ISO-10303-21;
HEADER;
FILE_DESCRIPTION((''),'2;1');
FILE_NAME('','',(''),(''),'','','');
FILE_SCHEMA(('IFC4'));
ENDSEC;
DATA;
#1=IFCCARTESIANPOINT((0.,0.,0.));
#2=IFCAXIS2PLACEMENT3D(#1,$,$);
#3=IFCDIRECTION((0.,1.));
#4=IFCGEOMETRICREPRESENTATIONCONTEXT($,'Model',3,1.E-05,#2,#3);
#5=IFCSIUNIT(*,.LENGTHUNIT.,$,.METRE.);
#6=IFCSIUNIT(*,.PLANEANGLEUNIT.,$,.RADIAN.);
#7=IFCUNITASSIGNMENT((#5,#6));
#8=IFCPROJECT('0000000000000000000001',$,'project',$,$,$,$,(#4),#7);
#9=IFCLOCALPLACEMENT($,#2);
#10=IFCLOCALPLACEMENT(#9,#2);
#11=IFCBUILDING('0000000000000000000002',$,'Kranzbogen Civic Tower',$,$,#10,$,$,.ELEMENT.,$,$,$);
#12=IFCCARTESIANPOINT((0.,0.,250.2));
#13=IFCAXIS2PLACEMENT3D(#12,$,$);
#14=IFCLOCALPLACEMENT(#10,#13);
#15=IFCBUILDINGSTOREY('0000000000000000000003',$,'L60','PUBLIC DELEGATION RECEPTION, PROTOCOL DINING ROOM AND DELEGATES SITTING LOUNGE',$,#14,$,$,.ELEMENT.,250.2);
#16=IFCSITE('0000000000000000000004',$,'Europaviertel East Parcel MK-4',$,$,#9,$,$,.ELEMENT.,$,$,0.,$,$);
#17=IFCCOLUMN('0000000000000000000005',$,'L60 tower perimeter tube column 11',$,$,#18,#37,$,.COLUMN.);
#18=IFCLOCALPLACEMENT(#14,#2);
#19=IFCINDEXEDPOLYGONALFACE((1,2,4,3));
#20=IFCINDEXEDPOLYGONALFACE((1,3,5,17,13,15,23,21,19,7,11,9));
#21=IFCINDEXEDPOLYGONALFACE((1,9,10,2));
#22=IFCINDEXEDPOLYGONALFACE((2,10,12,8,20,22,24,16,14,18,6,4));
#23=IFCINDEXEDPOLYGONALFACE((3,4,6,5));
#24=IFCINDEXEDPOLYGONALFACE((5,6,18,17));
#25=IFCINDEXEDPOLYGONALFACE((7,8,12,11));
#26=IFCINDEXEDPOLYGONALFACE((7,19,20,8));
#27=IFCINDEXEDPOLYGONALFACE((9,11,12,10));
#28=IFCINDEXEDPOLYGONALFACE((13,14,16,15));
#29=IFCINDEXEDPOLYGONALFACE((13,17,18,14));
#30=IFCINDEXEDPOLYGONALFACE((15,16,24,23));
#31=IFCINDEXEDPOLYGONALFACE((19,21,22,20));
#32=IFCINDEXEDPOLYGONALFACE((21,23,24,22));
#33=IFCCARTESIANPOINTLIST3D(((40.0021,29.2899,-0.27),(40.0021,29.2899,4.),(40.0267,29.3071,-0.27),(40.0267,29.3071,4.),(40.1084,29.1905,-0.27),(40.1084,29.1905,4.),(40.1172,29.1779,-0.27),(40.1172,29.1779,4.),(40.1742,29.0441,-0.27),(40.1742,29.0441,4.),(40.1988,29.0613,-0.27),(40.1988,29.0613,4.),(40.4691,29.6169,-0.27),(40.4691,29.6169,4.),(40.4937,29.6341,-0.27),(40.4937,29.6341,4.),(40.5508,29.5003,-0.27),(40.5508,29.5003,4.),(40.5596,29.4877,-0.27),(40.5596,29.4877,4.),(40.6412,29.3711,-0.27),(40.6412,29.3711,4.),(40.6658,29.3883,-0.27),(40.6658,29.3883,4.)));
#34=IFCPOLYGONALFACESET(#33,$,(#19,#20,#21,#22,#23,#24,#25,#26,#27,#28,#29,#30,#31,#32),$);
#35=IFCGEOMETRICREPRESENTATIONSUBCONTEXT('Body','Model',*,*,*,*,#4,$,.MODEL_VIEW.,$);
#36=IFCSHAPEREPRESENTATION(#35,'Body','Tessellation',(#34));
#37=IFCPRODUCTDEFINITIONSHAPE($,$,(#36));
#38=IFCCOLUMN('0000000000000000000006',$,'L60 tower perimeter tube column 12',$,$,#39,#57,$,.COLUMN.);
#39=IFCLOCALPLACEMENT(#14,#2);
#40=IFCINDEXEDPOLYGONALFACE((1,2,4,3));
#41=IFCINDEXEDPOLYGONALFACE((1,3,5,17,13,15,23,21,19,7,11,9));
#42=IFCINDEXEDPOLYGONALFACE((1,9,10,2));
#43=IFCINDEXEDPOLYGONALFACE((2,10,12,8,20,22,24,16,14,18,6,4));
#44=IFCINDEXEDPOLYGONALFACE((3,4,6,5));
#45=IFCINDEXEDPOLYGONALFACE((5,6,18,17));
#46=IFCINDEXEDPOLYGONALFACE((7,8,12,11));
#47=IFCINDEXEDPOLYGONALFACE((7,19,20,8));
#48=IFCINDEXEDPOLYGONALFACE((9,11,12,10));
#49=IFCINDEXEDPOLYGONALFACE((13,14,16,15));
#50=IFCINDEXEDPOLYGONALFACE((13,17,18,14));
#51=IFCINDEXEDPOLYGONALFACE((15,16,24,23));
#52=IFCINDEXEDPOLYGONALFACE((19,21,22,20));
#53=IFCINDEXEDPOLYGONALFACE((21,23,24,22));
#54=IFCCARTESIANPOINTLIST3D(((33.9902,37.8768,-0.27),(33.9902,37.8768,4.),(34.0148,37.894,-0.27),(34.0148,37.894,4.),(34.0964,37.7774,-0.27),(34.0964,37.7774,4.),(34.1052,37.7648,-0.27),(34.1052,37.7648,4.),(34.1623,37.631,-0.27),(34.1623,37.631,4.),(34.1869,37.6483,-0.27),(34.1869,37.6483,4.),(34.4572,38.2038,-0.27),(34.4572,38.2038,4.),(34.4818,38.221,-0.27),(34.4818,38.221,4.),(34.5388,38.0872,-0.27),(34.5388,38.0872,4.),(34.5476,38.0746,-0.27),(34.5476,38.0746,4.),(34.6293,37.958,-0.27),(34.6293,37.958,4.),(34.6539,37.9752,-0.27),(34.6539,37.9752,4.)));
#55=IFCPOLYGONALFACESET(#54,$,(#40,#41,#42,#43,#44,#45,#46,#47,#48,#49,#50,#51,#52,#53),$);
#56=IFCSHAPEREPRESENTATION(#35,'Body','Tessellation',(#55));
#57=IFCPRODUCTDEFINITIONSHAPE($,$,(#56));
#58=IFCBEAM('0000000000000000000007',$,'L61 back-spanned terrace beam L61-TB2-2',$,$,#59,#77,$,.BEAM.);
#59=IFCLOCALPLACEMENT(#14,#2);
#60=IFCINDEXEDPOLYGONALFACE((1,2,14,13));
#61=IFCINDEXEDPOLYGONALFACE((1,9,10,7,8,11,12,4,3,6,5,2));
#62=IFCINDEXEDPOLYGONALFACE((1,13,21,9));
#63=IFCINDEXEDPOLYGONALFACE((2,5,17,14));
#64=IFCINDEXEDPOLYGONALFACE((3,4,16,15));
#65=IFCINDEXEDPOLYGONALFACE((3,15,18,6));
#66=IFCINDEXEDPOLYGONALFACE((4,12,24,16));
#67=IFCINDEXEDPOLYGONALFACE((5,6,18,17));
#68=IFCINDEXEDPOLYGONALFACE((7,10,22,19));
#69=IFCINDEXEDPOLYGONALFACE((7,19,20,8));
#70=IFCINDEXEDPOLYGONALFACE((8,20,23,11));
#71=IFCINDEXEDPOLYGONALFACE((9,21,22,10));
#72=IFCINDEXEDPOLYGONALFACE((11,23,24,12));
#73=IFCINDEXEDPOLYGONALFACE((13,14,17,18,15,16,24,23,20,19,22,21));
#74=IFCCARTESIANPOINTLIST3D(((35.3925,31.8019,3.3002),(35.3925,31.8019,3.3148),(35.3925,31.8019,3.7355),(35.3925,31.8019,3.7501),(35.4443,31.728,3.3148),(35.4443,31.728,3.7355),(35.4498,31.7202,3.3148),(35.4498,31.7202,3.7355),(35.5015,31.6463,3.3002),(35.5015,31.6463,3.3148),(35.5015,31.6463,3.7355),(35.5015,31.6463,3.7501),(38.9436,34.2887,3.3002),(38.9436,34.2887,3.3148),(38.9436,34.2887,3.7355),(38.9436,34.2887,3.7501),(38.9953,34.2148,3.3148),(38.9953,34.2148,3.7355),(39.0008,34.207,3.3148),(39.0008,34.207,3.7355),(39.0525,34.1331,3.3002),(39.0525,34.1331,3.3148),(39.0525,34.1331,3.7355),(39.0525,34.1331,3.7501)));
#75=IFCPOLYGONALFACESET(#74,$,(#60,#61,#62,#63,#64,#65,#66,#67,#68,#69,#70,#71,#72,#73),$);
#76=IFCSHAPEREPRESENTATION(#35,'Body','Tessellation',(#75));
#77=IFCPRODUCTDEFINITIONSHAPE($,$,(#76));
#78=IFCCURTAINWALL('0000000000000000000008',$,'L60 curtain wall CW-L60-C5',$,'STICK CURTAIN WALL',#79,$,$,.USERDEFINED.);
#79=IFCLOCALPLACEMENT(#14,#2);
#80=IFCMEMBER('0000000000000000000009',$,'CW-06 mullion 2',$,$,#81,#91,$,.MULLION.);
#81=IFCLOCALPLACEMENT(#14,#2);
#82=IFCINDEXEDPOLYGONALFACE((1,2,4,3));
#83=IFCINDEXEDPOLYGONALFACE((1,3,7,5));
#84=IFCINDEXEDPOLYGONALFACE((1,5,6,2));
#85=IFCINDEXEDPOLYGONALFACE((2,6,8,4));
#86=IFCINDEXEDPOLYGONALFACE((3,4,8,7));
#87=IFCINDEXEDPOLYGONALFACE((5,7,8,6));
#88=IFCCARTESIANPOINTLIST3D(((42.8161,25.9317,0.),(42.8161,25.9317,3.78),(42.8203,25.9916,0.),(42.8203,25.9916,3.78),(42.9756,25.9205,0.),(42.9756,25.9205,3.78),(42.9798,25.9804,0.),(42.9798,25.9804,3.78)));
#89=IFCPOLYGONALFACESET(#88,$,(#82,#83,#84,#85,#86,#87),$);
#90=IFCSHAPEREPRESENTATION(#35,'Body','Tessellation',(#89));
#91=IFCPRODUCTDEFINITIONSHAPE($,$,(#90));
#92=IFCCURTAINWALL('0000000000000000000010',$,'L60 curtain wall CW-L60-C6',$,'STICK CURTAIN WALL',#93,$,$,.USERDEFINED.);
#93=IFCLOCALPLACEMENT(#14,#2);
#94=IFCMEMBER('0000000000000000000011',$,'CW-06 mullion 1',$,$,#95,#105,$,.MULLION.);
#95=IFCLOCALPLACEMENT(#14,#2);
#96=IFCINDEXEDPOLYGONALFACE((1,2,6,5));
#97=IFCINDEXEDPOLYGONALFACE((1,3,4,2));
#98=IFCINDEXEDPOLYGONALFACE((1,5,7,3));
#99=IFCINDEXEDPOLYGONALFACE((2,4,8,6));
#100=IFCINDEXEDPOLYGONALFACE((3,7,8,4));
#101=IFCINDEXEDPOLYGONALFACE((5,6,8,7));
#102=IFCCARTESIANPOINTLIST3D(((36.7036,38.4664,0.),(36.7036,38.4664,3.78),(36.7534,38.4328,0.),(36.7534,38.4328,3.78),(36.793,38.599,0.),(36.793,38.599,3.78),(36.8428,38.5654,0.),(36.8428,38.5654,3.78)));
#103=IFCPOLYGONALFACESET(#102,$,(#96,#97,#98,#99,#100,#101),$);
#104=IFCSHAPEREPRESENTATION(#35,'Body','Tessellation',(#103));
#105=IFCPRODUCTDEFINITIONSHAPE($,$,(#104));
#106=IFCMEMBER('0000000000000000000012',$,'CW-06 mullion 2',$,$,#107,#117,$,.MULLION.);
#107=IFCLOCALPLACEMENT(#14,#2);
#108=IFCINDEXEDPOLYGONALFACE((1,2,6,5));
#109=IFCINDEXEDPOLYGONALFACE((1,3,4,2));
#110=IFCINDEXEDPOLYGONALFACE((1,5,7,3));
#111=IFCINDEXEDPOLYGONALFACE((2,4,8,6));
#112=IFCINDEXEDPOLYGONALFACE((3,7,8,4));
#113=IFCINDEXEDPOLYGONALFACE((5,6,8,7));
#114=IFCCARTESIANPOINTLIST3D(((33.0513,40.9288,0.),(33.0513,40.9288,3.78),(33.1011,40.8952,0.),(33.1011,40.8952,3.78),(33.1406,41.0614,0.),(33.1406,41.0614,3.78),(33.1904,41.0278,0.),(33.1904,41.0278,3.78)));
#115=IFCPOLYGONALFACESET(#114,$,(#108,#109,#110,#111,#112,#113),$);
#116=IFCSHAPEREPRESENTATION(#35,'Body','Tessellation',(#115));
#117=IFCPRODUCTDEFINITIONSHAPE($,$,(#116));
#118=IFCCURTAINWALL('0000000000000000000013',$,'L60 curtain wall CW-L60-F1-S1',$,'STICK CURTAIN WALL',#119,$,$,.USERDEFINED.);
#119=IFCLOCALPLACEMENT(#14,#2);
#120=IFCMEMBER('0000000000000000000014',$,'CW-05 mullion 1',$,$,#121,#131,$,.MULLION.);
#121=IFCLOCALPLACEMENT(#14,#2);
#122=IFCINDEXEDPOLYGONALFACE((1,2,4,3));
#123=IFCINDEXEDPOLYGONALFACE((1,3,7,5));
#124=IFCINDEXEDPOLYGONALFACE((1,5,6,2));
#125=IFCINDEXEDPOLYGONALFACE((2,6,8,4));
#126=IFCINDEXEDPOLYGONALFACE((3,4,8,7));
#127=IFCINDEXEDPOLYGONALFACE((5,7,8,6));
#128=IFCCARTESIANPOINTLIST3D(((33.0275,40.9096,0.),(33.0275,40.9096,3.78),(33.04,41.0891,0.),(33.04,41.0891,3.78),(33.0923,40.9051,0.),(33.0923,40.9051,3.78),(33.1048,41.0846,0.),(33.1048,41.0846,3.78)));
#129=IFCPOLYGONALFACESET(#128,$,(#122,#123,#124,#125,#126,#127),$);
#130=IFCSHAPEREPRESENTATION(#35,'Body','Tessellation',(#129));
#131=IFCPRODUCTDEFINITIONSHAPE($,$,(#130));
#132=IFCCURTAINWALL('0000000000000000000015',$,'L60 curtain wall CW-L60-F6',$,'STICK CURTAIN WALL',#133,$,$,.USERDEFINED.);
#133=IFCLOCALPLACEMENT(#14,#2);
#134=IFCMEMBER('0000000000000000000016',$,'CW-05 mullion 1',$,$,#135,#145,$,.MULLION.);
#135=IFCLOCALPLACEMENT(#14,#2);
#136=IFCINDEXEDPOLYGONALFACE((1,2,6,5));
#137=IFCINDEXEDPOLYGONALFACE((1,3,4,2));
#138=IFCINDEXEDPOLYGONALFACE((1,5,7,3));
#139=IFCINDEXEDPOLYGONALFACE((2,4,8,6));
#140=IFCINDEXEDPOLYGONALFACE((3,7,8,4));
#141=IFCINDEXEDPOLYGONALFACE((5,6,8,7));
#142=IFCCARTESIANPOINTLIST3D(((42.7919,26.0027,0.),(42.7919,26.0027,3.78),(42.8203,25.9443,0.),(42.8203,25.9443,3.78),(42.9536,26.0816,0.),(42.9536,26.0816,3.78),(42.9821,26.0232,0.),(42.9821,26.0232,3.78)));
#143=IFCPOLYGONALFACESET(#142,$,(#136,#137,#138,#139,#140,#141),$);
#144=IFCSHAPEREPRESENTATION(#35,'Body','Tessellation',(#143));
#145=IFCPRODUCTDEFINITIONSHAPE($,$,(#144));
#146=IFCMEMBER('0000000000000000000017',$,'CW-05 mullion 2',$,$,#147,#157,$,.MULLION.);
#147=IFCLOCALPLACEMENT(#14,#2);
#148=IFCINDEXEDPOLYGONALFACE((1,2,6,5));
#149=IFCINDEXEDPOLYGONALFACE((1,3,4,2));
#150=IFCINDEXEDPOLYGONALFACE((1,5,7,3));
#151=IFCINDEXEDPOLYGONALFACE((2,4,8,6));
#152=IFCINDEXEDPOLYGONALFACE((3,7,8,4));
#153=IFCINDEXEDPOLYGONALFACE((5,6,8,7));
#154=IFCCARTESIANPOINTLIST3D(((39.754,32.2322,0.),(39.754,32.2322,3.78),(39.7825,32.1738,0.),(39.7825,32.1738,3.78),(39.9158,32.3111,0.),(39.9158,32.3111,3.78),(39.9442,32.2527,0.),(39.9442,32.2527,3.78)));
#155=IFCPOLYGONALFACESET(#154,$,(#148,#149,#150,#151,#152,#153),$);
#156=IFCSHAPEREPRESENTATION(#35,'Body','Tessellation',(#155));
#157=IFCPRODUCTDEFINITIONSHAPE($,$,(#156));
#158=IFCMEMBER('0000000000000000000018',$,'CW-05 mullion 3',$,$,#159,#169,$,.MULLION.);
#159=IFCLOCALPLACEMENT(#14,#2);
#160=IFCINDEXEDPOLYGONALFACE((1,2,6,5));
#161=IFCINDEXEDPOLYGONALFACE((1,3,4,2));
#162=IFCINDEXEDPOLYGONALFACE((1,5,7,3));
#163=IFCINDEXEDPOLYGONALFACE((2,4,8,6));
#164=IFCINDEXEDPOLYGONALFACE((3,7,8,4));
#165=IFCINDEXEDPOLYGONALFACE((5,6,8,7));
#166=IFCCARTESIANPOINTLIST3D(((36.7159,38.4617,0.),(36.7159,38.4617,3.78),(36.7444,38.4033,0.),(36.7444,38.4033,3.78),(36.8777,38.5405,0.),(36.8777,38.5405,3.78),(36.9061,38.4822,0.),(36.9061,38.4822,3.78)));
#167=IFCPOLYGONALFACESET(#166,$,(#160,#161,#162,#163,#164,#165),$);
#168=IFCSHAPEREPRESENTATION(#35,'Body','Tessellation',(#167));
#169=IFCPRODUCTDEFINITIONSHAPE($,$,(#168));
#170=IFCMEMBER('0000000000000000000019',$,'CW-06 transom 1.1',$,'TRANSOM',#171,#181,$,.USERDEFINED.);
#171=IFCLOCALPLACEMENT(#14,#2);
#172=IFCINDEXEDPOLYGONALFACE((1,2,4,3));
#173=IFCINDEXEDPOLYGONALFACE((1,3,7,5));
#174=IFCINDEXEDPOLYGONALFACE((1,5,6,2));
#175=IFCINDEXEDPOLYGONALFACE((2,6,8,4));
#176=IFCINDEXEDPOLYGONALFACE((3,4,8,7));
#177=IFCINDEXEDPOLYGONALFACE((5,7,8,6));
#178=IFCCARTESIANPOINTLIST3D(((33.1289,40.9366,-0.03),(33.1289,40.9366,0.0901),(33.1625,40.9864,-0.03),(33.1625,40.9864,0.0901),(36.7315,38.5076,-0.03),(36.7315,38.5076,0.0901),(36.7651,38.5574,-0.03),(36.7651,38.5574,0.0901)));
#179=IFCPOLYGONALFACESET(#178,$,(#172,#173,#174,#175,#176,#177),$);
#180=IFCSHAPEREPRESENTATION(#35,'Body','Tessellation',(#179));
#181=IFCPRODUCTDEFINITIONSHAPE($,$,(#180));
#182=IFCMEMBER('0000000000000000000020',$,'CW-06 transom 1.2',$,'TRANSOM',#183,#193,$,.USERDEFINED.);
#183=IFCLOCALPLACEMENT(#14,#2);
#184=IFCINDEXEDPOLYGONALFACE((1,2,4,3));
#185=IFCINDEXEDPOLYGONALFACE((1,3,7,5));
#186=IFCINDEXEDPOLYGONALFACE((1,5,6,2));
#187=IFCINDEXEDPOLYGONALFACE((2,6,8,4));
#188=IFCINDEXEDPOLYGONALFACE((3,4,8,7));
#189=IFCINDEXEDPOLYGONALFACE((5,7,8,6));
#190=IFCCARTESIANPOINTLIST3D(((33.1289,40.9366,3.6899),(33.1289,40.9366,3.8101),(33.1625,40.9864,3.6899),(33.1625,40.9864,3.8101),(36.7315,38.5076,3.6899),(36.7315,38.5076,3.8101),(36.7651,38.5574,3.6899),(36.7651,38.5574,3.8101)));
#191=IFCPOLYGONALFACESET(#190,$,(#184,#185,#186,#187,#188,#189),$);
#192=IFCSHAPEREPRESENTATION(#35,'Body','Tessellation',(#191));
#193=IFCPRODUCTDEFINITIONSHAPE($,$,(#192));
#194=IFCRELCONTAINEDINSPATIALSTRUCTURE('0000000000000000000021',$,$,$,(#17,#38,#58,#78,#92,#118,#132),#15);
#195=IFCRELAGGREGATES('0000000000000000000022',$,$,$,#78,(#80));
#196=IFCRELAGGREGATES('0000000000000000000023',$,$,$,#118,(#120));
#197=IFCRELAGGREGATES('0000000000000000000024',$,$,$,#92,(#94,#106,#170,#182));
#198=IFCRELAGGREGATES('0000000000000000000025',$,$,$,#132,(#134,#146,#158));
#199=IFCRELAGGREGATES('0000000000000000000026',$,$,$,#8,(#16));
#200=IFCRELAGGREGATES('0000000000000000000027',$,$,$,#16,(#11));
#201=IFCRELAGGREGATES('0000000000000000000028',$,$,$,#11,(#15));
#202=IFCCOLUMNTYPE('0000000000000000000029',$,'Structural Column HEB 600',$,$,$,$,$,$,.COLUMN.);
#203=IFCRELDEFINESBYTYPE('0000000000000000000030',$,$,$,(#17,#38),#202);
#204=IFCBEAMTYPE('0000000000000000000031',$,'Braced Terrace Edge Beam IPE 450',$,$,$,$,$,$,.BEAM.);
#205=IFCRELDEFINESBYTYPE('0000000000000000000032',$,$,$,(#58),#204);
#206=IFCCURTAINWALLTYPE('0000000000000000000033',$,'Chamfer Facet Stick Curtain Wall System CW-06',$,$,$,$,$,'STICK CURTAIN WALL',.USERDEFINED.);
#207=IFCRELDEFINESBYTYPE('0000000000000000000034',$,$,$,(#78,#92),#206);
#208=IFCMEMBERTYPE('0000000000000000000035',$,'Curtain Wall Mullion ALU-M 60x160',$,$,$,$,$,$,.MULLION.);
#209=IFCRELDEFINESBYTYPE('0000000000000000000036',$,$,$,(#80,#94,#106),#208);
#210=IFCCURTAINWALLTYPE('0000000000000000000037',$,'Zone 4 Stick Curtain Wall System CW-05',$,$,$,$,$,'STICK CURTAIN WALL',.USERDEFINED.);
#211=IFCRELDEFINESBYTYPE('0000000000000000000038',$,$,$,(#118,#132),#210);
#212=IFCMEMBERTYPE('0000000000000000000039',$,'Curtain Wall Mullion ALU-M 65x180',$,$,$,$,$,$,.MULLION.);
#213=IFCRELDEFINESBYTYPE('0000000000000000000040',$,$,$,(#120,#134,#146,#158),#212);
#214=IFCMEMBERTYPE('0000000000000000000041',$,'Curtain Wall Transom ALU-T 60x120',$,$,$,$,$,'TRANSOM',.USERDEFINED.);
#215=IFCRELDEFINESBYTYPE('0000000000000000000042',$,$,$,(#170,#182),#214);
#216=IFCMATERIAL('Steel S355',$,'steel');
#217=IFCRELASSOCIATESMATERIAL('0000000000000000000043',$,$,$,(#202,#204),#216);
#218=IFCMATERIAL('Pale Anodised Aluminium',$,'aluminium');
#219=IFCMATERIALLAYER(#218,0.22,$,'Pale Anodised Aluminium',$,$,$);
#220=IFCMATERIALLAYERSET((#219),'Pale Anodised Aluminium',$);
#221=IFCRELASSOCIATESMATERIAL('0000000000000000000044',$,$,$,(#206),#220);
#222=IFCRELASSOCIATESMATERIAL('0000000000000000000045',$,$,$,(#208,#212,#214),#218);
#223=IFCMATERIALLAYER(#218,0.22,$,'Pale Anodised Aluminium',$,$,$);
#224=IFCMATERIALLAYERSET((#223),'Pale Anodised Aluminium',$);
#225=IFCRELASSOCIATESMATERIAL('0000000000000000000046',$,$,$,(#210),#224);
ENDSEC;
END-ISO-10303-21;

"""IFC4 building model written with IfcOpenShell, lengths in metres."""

from ifc_helpers import new_model, si_unit, direction, frame, origin, origin_2d, place, context, subcontext, project, spatial, rectangle, i_section, extrude, material, layer, layer_set, material_profile, profile_set, type_object, element, aggregate, save


model = new_model("IFC4")

# Units and contexts
model_context = context("Model", 3, precision=1e-05, world=origin(), true_north=direction((0.0, 1.0)))
body_context = subcontext(model_context, "Body", "Model", "MODEL_VIEW")
ifc_project = project(units=[si_unit("LENGTHUNIT", "METRE"), si_unit("PLANEANGLEUNIT", "RADIAN")], contexts=[model_context])

# Site, building, storey
site_placement = place(None, origin())
site = spatial("IfcSite", under=ifc_project, at=site_placement, Name="Europaviertel East Parcel MK-4", CompositionType="ELEMENT", RefElevation=0.0)
building_placement = place(site_placement, origin())
building = spatial("IfcBuilding", under=site, at=building_placement, Name="Kranzbogen Civic Tower", CompositionType="ELEMENT")
storey_placement = place(building_placement, frame((0.0, 0.0, 250.2)))
storey = spatial("IfcBuildingStorey", under=building, at=storey_placement, Name="L60", Description="PUBLIC DELEGATION RECEPTION, PROTOCOL DINING ROOM AND DELEGATES SITTING LOUNGE", CompositionType="ELEMENT", Elevation=250.2)

# Columns
ifc_material_1 = material(Name="Steel S355", Category="steel")
ifc_material_profile_1 = material_profile(ifc_material_1, i_section(OverallWidth=0.3, OverallDepth=0.6001, WebThickness=0.0154, FlangeThickness=0.03, at=origin_2d()), Name="HEB 600")
ifc_profile_set_1 = profile_set([ifc_material_profile_1], Name="Steel S355")
column_type = type_object("IfcColumnType", Name="Structural Column HEB 600", PredefinedType="COLUMN", material=ifc_profile_set_1)
for number, where, z_axis, x_axis, name in (
    (1, (40.334, 29.3391, -0.27), (0.0, 0.0, 1.0), (-0.573576, 0.819152, 0.0), "L60 tower perimeter tube column 11"),
    (2, (34.322, 37.926, -0.27), (0.0, 0.0, 1.0), (-0.573576, 0.819152, 0.0), "L60 tower perimeter tube column 12"),
):
    element("IfcColumn", number, at=place(storey_placement, frame(where, z_axis=z_axis, x_axis=x_axis)), inside=storey, type_object=column_type, Name=name, PredefinedType="COLUMN", context=body_context, shape_type="SweptSolid", body=[
        extrude(i_section(OverallWidth=0.3, OverallDepth=0.6001, WebThickness=0.0154, FlangeThickness=0.03, at=origin_2d()), origin(), (0.0, 0.0, 1.0), 4.27),
    ])

# Beam
ifc_material_profile_2 = material_profile(ifc_material_1, i_section(OverallWidth=0.1899, OverallDepth=0.45, WebThickness=0.0095, FlangeThickness=0.0146, at=origin_2d()), Name="IPE 450")
ifc_profile_set_2 = profile_set([ifc_material_profile_2], Name="Steel S355")
beam_type_1 = type_object("IfcBeamType", Name="Braced Terrace Edge Beam IPE 450", PredefinedType="BEAM", material=ifc_profile_set_2)
beam_1_placement = place(storey_placement, frame((35.447, 31.7241, 3.5251), z_axis=(0.819113, 0.573632, 0.0), x_axis=(-0.573632, 0.819113, 0.0)))
element("IfcBeam", 3, at=beam_1_placement, inside=storey, type_object=beam_type_1, Name="L61 back-spanned terrace beam L61-TB2-2", PredefinedType="BEAM", context=body_context, shape_type="SweptSolid", body=[
    extrude(i_section(OverallWidth=0.1899, OverallDepth=0.45, WebThickness=0.0095, FlangeThickness=0.0146, at=origin_2d()), origin(), (0.0, 0.0, 1.0), 4.3352),
])

# Curtain wall, member
ifc_material_2 = material(Name="Pale Anodised Aluminium", Category="aluminium")
ifc_layer_1 = layer(ifc_material_2, 0.22, Name="Pale Anodised Aluminium")
ifc_layer_set_1 = layer_set([ifc_layer_1], Name="Pale Anodised Aluminium")
curtain_wall_type_1 = type_object("IfcCurtainWallType", Name="Chamfer Facet Stick Curtain Wall System CW-06", ElementType="STICK CURTAIN WALL", PredefinedType="USERDEFINED", material=ifc_layer_set_1)
curtain_wall_1_placement = place(storey_placement, origin())
curtain_wall_1 = element("IfcCurtainWall", 4, at=curtain_wall_1_placement, inside=storey, type_object=curtain_wall_type_1, Name="L60 curtain wall CW-L60-C5", ObjectType="STICK CURTAIN WALL", PredefinedType="USERDEFINED")
ifc_material_profile_3 = material_profile(ifc_material_2, rectangle(XDim=0.0601, YDim=0.1599, at=origin_2d()), Name="ALU-M 60x160")
ifc_profile_set_3 = profile_set([ifc_material_profile_3], Name="Pale Anodised Aluminium")
member_type_1 = type_object("IfcMemberType", Name="Curtain Wall Mullion ALU-M 60x160", PredefinedType="MULLION", material=ifc_profile_set_3)
member_1_placement = place(storey_placement, frame((42.8979, 25.9561, 0.0), z_axis=(0.0, 0.0, 1.0), x_axis=(0.069655, 0.997571, 0.0)))
member_1 = element("IfcMember", 5, at=member_1_placement, type_object=member_type_1, Name="CW-06 mullion 2", PredefinedType="MULLION", context=body_context, shape_type="SweptSolid", body=[
    extrude(rectangle(XDim=0.0601, YDim=0.1599, at=origin_2d()), origin(), (0.0, 0.0, 1.0), 3.78),
])
aggregate(curtain_wall_1, [member_1])

# Curtain wall, members
curtain_wall_2_placement = place(storey_placement, origin())
curtain_wall_2 = element("IfcCurtainWall", 6, at=curtain_wall_2_placement, inside=storey, type_object=curtain_wall_type_1, Name="L60 curtain wall CW-L60-C6", ObjectType="STICK CURTAIN WALL", PredefinedType="USERDEFINED")
member_2_placement = place(storey_placement, frame((36.7732, 38.5159, 0.0), z_axis=(0.0, 0.0, 1.0), x_axis=(-0.829145, 0.559034, 0.0)))
member_2 = element("IfcMember", 7, at=member_2_placement, type_object=member_type_1, Name="CW-06 mullion 1", PredefinedType="MULLION", context=body_context, shape_type="SweptSolid", body=[
    extrude(rectangle(XDim=0.0601, YDim=0.1599, at=origin_2d()), origin(), (0.0, 0.0, 1.0), 3.78),
])
member_3_placement = place(storey_placement, frame((33.1208, 40.9783, 0.0), z_axis=(0.0, 0.0, 1.0), x_axis=(-0.829145, 0.559034, 0.0)))
member_3 = element("IfcMember", 8, at=member_3_placement, type_object=member_type_1, Name="CW-06 mullion 2", PredefinedType="MULLION", context=body_context, shape_type="SweptSolid", body=[
    extrude(rectangle(XDim=0.0601, YDim=0.1599, at=origin_2d()), origin(), (0.0, 0.0, 1.0), 3.78),
])

# Curtain wall, member
ifc_layer_2 = layer(ifc_material_2, 0.22, Name="Pale Anodised Aluminium")
ifc_layer_set_2 = layer_set([ifc_layer_2], Name="Pale Anodised Aluminium")
curtain_wall_type_2 = type_object("IfcCurtainWallType", Name="Zone 4 Stick Curtain Wall System CW-05", ElementType="STICK CURTAIN WALL", PredefinedType="USERDEFINED", material=ifc_layer_set_2)
curtain_wall_3_placement = place(storey_placement, origin())
curtain_wall_3 = element("IfcCurtainWall", 9, at=curtain_wall_3_placement, inside=storey, type_object=curtain_wall_type_2, Name="L60 curtain wall CW-L60-F1-S1", ObjectType="STICK CURTAIN WALL", PredefinedType="USERDEFINED")
ifc_material_profile_4 = material_profile(ifc_material_2, rectangle(XDim=0.0649, YDim=0.1799, at=origin_2d()), Name="ALU-M 65x180")
ifc_profile_set_4 = profile_set([ifc_material_profile_4], Name="Pale Anodised Aluminium")
member_type_2 = type_object("IfcMemberType", Name="Curtain Wall Mullion ALU-M 65x180", PredefinedType="MULLION", material=ifc_profile_set_4)
member_4_placement = place(storey_placement, frame((33.0662, 40.9971, 0.0), z_axis=(0.0, 0.0, 1.0), x_axis=(-0.997562, 0.069791, 0.0)))
member_4 = element("IfcMember", 10, at=member_4_placement, type_object=member_type_2, Name="CW-05 mullion 1", PredefinedType="MULLION", context=body_context, shape_type="SweptSolid", body=[
    extrude(rectangle(XDim=0.0649, YDim=0.1799, at=origin_2d()), origin(), (0.0, 0.0, 1.0), 3.78),
])
aggregate(curtain_wall_3, [member_4])

# Curtain wall, members
curtain_wall_4_placement = place(storey_placement, origin())
curtain_wall_4 = element("IfcCurtainWall", 11, at=curtain_wall_4_placement, inside=storey, type_object=curtain_wall_type_2, Name="L60 curtain wall CW-L60-F6", ObjectType="STICK CURTAIN WALL", PredefinedType="USERDEFINED")
member_5_placement = place(storey_placement, frame((42.887, 26.0129, 0.0), z_axis=(0.0, 0.0, 1.0), x_axis=(-0.438313, 0.898822, 0.0)))
member_5 = element("IfcMember", 12, at=member_5_placement, type_object=member_type_2, Name="CW-05 mullion 1", PredefinedType="MULLION", context=body_context, shape_type="SweptSolid", body=[
    extrude(rectangle(XDim=0.0649, YDim=0.1799, at=origin_2d()), origin(), (0.0, 0.0, 1.0), 3.78),
])
member_6_placement = place(storey_placement, frame((39.8491, 32.2424, 0.0), z_axis=(0.0, 0.0, 1.0), x_axis=(-0.438313, 0.898822, 0.0)))
member_6 = element("IfcMember", 13, at=member_6_placement, type_object=member_type_2, Name="CW-05 mullion 2", PredefinedType="MULLION", context=body_context, shape_type="SweptSolid", body=[
    extrude(rectangle(XDim=0.0649, YDim=0.1799, at=origin_2d()), origin(), (0.0, 0.0, 1.0), 3.78),
])
member_7_placement = place(storey_placement, frame((36.811, 38.4719, 0.0), z_axis=(0.0, 0.0, 1.0), x_axis=(-0.438313, 0.898822, 0.0)))
member_7 = element("IfcMember", 14, at=member_7_placement, type_object=member_type_2, Name="CW-05 mullion 3", PredefinedType="MULLION", context=body_context, shape_type="SweptSolid", body=[
    extrude(rectangle(XDim=0.0649, YDim=0.1799, at=origin_2d()), origin(), (0.0, 0.0, 1.0), 3.78),
])

# Members
ifc_material_profile_5 = material_profile(ifc_material_2, rectangle(XDim=0.0601, YDim=0.1201, at=origin_2d()), Name="ALU-T 60x120")
ifc_profile_set_5 = profile_set([ifc_material_profile_5], Name="Pale Anodised Aluminium")
member_type_3 = type_object("IfcMemberType", Name="Curtain Wall Transom ALU-T 60x120", ElementType="TRANSOM", PredefinedType="USERDEFINED", material=ifc_profile_set_5)
member_8_placement = place(storey_placement, frame((36.7483, 38.5325, 0.03), z_axis=(-0.829143, 0.559037, 0.0), x_axis=(-0.559037, -0.829143, 0.0)))
member_8 = element("IfcMember", 15, at=member_8_placement, type_object=member_type_3, Name="CW-06 transom 1.1", ObjectType="TRANSOM", PredefinedType="USERDEFINED", context=body_context, shape_type="SweptSolid", body=[
    extrude(rectangle(XDim=0.0601, YDim=0.1201, at=origin_2d()), origin(), (0.0, 0.0, 1.0), 4.345),
])
member_9_placement = place(storey_placement, frame((36.7483, 38.5325, 3.75), z_axis=(-0.829143, 0.559037, 0.0), x_axis=(-0.559037, -0.829143, 0.0)))
member_9 = element("IfcMember", 16, at=member_9_placement, type_object=member_type_3, Name="CW-06 transom 1.2", ObjectType="TRANSOM", PredefinedType="USERDEFINED", context=body_context, shape_type="SweptSolid", body=[
    extrude(rectangle(XDim=0.0601, YDim=0.1201, at=origin_2d()), origin(), (0.0, 0.0, 1.0), 4.345),
])

aggregate(curtain_wall_2, [member_2, member_3, member_8, member_9])
aggregate(curtain_wall_4, [member_5, member_6, member_7])

save(model, "model.ifc")
